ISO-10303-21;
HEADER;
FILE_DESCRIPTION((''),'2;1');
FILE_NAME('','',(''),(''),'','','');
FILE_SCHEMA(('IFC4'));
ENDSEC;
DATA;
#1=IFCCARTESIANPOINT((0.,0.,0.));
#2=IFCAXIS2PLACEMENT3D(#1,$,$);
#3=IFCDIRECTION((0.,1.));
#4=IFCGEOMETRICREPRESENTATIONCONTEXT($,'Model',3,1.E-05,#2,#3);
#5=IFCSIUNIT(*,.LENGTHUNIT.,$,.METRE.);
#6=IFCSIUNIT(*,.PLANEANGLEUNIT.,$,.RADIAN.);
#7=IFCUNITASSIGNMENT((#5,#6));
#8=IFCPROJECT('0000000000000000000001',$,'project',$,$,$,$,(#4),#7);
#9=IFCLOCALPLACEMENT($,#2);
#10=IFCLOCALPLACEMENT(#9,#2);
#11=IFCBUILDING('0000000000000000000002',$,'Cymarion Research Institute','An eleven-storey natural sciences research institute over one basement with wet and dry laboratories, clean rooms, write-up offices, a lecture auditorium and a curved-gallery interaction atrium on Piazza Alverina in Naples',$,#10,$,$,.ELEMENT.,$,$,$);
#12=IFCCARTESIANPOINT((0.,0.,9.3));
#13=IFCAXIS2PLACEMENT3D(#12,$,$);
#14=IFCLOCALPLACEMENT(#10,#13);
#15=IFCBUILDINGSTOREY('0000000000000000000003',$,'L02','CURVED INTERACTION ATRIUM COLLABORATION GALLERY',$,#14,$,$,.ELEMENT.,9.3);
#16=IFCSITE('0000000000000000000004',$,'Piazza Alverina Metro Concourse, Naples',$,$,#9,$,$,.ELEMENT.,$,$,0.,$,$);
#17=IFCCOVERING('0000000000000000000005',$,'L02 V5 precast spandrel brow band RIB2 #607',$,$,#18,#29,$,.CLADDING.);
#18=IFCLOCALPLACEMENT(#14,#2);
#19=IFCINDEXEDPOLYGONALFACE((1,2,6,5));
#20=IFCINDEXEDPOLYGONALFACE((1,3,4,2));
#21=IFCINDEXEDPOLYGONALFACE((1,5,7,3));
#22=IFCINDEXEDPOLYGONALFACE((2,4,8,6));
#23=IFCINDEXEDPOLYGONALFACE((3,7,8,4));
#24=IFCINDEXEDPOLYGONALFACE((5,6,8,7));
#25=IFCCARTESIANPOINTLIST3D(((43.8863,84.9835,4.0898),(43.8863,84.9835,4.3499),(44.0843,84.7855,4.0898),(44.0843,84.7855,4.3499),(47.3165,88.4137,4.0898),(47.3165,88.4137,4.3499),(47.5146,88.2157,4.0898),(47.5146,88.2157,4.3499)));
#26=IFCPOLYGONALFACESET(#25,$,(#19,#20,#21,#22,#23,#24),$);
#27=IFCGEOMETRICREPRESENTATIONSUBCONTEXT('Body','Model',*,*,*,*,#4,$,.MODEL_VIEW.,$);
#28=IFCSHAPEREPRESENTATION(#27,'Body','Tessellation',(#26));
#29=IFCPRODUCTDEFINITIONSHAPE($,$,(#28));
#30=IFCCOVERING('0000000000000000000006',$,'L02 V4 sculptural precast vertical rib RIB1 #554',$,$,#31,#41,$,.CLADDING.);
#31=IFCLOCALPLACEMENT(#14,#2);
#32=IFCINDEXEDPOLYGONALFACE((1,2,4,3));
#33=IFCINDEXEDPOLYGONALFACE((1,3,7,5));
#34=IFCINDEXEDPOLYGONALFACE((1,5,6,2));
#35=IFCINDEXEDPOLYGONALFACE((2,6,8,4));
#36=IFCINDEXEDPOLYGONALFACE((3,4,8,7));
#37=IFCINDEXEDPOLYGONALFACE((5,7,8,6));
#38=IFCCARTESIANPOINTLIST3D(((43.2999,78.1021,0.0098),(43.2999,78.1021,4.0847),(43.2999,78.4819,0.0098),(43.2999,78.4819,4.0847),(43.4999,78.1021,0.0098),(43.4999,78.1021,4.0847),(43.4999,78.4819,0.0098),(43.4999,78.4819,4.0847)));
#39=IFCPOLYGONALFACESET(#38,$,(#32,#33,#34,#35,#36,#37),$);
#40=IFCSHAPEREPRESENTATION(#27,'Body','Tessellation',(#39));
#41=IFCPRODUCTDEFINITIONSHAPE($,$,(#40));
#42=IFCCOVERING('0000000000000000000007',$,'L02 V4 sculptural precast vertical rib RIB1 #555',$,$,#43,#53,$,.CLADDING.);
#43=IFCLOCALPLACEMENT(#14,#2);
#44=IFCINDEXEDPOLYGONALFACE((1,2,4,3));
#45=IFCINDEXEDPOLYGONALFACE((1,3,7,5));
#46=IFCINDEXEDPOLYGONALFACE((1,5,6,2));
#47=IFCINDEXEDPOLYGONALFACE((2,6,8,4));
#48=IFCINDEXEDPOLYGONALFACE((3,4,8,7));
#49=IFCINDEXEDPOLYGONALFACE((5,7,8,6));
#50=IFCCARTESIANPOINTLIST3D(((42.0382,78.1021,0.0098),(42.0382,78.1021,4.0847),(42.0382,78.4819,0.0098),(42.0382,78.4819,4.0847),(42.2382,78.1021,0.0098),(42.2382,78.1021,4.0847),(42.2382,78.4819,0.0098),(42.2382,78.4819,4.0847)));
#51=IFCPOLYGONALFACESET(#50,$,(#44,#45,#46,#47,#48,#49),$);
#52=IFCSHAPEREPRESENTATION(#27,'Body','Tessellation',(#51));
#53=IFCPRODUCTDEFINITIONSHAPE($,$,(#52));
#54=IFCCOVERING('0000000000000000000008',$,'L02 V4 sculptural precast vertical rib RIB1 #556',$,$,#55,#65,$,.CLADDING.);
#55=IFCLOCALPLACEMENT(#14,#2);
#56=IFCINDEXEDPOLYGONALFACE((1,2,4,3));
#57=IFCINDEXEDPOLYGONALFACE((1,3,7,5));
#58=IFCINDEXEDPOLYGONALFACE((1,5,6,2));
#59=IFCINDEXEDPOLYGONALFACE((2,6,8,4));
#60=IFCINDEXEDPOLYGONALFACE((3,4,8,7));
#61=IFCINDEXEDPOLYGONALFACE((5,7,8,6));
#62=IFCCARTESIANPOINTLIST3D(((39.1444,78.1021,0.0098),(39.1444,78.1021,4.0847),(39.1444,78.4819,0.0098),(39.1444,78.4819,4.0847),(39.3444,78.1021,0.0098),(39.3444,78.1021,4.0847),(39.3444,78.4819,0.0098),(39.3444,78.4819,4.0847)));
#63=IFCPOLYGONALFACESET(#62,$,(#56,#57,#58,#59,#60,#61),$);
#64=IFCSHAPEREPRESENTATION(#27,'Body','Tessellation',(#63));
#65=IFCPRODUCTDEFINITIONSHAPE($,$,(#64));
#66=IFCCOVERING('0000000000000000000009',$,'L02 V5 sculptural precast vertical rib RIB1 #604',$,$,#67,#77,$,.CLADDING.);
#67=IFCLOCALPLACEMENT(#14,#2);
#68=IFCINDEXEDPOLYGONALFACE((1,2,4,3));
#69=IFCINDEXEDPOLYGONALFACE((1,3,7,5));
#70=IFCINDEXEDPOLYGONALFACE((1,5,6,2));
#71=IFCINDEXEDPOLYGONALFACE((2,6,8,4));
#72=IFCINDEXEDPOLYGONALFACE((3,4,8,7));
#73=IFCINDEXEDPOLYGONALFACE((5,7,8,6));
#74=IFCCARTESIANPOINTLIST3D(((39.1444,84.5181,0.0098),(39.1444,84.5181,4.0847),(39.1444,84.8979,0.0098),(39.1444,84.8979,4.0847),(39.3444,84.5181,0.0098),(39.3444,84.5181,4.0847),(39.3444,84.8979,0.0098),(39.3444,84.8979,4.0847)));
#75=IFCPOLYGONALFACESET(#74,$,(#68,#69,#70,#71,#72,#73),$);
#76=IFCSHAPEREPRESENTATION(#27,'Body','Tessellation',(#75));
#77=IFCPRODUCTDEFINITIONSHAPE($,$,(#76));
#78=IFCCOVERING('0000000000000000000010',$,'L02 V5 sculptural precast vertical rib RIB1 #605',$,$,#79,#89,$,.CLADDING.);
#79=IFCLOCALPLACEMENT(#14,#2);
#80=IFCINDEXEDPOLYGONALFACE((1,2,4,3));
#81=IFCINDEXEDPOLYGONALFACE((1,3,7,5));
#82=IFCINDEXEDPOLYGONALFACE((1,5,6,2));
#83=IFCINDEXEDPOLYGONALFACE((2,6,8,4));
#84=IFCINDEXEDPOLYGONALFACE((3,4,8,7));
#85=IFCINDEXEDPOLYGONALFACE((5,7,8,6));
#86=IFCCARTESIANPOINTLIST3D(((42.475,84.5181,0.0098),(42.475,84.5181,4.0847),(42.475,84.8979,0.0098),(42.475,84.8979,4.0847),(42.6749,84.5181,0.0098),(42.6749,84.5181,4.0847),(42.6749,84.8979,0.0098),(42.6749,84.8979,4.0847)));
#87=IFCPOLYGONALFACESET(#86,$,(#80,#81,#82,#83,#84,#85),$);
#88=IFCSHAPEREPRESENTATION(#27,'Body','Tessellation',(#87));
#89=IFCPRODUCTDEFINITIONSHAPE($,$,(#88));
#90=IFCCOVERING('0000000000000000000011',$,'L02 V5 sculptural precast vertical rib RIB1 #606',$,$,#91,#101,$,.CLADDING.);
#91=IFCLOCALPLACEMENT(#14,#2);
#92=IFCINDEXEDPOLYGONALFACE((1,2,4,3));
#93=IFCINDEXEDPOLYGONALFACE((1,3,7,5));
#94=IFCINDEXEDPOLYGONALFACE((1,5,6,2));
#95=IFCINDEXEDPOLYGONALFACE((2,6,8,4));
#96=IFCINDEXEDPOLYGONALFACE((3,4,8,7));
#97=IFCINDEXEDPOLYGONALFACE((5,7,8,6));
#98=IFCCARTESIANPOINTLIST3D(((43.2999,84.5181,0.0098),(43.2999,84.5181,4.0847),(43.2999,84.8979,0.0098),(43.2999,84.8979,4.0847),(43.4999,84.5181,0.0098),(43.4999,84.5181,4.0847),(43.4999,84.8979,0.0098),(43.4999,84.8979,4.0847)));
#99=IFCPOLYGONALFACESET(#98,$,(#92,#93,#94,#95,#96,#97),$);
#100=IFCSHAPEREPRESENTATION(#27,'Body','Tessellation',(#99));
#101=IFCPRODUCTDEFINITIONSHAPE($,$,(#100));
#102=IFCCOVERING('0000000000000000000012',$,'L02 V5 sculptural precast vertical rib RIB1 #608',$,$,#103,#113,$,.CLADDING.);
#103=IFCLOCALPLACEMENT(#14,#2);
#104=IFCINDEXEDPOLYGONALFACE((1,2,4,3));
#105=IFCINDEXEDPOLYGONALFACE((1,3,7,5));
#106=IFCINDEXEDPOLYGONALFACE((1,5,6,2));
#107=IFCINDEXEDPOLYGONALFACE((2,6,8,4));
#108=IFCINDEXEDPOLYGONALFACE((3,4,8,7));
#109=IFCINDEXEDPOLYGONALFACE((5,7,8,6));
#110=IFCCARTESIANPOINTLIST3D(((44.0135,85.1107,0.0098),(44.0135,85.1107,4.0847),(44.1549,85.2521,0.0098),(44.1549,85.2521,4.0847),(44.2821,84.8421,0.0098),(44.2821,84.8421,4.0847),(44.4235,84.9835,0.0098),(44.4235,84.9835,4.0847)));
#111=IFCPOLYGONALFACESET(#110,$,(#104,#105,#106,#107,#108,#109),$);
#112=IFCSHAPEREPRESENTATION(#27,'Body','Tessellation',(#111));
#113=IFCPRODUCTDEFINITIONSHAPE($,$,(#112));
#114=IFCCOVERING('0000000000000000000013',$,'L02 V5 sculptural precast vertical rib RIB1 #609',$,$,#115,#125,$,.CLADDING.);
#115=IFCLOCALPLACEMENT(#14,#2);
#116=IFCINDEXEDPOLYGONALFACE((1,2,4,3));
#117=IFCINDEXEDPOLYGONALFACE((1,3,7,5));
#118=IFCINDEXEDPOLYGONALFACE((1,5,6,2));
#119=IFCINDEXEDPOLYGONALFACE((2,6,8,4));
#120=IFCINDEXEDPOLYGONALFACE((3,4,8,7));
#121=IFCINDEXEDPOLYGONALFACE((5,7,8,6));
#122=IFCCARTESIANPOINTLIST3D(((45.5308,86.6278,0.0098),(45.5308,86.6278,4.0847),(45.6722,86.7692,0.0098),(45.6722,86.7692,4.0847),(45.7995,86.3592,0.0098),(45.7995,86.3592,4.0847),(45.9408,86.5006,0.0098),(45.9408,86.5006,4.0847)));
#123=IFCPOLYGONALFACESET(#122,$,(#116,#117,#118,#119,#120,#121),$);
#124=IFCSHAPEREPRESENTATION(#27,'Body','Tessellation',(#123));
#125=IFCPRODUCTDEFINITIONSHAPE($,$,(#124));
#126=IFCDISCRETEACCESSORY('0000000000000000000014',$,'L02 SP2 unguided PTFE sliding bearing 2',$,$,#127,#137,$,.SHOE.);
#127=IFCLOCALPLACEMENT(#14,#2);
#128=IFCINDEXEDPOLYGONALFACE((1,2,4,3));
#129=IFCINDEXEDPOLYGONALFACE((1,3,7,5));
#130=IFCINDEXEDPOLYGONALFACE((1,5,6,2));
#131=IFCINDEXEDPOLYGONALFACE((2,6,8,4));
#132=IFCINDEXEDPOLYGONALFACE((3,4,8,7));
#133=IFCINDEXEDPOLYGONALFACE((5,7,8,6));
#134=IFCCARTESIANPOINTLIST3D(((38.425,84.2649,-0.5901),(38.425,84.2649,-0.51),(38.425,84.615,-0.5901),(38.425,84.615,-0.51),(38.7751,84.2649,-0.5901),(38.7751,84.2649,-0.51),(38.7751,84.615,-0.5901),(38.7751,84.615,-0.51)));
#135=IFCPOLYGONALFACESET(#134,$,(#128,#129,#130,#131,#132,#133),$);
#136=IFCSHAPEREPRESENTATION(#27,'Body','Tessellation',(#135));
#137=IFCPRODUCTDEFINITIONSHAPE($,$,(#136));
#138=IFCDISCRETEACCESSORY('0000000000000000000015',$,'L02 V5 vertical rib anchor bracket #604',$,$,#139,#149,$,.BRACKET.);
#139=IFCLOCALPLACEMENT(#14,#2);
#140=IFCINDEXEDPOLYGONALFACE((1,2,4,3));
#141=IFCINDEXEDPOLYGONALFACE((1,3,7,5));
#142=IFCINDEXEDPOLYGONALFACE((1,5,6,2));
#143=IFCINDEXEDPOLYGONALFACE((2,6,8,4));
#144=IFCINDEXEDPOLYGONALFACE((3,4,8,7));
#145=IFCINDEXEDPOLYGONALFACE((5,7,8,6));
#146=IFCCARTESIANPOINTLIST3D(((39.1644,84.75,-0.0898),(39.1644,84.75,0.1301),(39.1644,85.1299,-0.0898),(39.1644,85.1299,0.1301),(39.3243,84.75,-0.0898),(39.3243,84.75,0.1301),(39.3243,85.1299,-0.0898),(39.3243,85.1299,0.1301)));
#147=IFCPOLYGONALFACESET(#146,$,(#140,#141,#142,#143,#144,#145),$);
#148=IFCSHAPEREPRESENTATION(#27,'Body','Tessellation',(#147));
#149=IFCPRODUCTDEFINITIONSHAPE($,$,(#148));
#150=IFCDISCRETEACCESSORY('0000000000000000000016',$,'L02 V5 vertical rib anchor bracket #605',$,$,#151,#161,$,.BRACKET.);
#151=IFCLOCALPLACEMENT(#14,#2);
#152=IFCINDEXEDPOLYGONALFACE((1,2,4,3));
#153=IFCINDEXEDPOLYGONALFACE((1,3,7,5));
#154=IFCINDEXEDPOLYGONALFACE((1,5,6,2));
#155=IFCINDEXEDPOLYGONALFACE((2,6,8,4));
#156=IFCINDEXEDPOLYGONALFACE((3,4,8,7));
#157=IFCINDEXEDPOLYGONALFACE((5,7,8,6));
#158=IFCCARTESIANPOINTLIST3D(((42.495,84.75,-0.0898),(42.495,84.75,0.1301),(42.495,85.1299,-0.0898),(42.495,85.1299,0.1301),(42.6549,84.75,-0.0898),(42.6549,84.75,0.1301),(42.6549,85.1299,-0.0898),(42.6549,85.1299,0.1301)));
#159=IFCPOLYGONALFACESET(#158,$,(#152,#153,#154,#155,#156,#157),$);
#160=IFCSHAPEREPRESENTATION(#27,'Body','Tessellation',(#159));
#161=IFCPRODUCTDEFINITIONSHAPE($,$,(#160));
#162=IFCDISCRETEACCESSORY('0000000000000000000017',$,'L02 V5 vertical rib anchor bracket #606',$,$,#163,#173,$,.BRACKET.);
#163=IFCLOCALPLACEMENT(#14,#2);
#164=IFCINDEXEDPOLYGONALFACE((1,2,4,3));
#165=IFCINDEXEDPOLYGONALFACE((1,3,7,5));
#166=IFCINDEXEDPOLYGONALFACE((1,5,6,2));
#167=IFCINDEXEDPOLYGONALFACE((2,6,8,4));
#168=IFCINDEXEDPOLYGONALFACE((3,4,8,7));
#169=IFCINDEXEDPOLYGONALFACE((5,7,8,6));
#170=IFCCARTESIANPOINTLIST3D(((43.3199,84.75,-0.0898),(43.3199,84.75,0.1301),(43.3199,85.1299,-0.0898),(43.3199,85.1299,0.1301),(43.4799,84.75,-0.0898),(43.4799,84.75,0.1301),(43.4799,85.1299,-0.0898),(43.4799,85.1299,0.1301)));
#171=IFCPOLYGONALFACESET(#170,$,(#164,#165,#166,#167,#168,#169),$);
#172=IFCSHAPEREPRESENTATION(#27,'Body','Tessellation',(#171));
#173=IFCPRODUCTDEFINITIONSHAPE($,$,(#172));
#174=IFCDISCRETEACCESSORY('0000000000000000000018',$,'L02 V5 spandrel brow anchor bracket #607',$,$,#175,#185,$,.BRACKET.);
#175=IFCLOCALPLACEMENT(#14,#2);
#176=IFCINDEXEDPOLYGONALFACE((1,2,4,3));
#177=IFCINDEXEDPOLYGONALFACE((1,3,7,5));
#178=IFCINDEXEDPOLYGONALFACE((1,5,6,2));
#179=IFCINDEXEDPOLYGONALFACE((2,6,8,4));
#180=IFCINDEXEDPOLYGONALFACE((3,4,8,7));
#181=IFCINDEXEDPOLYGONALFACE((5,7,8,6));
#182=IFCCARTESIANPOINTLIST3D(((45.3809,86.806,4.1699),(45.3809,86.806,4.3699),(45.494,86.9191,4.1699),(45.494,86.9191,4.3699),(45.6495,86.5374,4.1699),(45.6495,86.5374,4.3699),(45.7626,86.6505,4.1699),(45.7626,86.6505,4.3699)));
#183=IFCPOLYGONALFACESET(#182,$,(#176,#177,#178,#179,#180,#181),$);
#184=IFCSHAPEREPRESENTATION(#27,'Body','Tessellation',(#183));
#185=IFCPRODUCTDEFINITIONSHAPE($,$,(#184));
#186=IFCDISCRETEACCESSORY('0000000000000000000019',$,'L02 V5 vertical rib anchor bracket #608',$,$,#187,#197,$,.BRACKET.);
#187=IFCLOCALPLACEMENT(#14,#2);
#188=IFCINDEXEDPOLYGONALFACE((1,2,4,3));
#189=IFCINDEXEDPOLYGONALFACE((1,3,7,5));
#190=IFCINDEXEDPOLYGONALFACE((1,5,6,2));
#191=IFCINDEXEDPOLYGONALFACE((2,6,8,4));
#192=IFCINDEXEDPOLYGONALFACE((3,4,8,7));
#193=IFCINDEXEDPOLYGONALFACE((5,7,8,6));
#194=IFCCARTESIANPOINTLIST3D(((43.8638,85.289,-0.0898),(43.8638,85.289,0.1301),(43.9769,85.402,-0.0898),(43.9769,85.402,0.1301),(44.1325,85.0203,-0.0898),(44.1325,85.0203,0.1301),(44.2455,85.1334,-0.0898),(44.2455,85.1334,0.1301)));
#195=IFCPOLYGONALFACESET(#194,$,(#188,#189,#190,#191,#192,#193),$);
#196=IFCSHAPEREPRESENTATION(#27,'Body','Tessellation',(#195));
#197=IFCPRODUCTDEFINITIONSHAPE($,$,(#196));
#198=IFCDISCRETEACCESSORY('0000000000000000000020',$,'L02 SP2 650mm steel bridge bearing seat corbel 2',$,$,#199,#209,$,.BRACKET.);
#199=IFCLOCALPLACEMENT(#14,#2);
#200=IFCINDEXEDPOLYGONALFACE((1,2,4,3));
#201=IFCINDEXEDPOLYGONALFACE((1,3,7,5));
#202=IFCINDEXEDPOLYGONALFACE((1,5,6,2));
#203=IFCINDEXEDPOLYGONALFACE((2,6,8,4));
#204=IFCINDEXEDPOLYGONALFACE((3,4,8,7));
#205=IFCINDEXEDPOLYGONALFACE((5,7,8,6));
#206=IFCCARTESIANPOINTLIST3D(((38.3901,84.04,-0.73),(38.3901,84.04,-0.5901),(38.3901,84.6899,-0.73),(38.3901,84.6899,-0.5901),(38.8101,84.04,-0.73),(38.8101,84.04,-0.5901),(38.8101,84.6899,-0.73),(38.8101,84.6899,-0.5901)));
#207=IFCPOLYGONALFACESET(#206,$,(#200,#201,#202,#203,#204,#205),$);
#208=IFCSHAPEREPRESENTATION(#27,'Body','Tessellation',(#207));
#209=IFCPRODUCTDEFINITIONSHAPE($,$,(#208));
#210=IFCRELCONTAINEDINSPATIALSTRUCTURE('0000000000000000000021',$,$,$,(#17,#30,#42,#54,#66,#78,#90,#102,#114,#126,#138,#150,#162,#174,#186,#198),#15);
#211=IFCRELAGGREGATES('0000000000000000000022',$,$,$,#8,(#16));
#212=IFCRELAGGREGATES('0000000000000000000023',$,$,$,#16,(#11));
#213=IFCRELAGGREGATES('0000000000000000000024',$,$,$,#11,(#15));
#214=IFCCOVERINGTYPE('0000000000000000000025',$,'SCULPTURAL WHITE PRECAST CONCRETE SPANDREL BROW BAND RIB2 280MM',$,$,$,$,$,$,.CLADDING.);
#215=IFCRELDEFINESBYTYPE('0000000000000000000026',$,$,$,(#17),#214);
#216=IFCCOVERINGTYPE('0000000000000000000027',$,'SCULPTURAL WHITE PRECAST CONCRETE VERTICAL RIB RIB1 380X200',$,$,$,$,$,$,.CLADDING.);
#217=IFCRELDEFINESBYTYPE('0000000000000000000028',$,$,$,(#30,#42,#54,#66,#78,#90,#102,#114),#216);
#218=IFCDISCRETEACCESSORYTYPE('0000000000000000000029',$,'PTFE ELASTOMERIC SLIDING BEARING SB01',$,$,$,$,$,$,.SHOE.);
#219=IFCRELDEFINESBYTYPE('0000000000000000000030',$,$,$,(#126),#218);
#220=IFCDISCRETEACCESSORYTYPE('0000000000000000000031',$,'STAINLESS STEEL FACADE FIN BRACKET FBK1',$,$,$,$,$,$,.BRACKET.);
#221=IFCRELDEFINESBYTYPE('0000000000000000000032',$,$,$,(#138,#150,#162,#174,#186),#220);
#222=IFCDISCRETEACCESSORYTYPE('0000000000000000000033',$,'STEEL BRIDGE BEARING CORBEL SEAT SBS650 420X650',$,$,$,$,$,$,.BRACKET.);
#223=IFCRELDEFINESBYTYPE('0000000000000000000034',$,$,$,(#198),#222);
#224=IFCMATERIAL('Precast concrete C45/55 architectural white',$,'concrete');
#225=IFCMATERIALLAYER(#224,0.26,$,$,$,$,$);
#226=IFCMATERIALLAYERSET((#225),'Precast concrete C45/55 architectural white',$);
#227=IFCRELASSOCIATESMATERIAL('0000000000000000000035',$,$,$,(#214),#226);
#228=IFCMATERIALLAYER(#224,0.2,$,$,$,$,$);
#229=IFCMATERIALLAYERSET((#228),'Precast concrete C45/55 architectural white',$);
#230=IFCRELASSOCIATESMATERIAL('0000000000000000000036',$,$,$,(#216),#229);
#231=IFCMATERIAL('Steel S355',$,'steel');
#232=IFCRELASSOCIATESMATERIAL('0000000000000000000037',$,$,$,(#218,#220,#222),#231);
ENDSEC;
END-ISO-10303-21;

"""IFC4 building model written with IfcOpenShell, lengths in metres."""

from ifc_helpers import new_model, si_unit, direction, frame, origin, origin_2d, place, context, subcontext, project, spatial, rectangle, extrude, material, layer, layer_set, type_object, element, save


model = new_model("IFC4")

# Units and contexts
model_context = context("Model", 3, precision=1e-05, world=origin(), true_north=direction((0.0, 1.0)))
body_context = subcontext(model_context, "Body", "Model", "MODEL_VIEW")
ifc_project = project(units=[si_unit("LENGTHUNIT", "METRE"), si_unit("PLANEANGLEUNIT", "RADIAN")], contexts=[model_context])

# Site, building, storey
site_placement = place(None, origin())
site = spatial("IfcSite", under=ifc_project, at=site_placement, Name="Piazza Alverina Metro Concourse, Naples", CompositionType="ELEMENT", RefElevation=0.0)
building_placement = place(site_placement, origin())
building = spatial("IfcBuilding", under=site, at=building_placement, Name="Cymarion Research Institute", Description="An eleven-storey natural sciences research institute over one basement with wet and dry laboratories, clean rooms, write-up offices, a lecture auditorium and a curved-gallery interaction atrium on Piazza Alverina in Naples", CompositionType="ELEMENT")
storey_placement = place(building_placement, frame((0.0, 0.0, 9.3)))
storey = spatial("IfcBuildingStorey", under=building, at=storey_placement, Name="L02", Description="CURVED INTERACTION ATRIUM COLLABORATION GALLERY", CompositionType="ELEMENT", Elevation=9.3)

# Shared definitions
ifc_material_1 = material(Name="Steel S355", Category="steel")

# Coverings
ifc_material_2 = material(Name="Precast concrete C45/55 architectural white", Category="concrete")
ifc_layer_1 = layer(ifc_material_2, 0.26)
ifc_layer_set_1 = layer_set([ifc_layer_1], Name="Precast concrete C45/55 architectural white")
covering_type_1 = type_object("IfcCoveringType", Name="SCULPTURAL WHITE PRECAST CONCRETE SPANDREL BROW BAND RIB2 280MM", PredefinedType="CLADDING", material=ifc_layer_set_1)
covering_placement = place(storey_placement, frame((45.7004, 86.5996, 4.0898), z_axis=(0.0, 0.0, 1.0), x_axis=(0.707107, -0.707107, 0.0)))
element("IfcCovering", 1, at=covering_placement, inside=storey, type_object=covering_type_1, Name="L02 V5 precast spandrel brow band RIB2 #607", PredefinedType="CLADDING", context=body_context, shape_type="SweptSolid", body=[
    extrude(rectangle(XDim=0.28, YDim=4.8511, at=origin_2d()), origin(), (0.0, 0.0, 1.0), 0.26),
])
ifc_layer_2 = layer(ifc_material_2, 0.2)
ifc_layer_set_2 = layer_set([ifc_layer_2], Name="Precast concrete C45/55 architectural white")
covering_type_2 = type_object("IfcCoveringType", Name="SCULPTURAL WHITE PRECAST CONCRETE VERTICAL RIB RIB1 380X200", PredefinedType="CLADDING", material=ifc_layer_set_2)
for number, where, z_axis, x_axis, name in (
    (2, (43.3999, 78.292, 0.0098), (0.0, 0.0, 1.0), (0.0, 1.0, 0.0), "L02 V4 sculptural precast vertical rib RIB1 #554"),
    (3, (42.1382, 78.292, 0.0098), (0.0, 0.0, 1.0), (0.0, 1.0, 0.0), "L02 V4 sculptural precast vertical rib RIB1 #555"),
    (4, (39.2444, 78.292, 0.0098), (0.0, 0.0, 1.0), (0.0, 1.0, 0.0), "L02 V4 sculptural precast vertical rib RIB1 #556"),
    (5, (39.2444, 84.708, 0.0098), (0.0, 0.0, 1.0), (0.0, -1.0, 0.0), "L02 V5 sculptural precast vertical rib RIB1 #604"),
    (6, (42.575, 84.708, 0.0098), (0.0, 0.0, 1.0), (0.0, -1.0, 0.0), "L02 V5 sculptural precast vertical rib RIB1 #605"),
    (7, (43.3999, 84.708, 0.0098), (0.0, 0.0, 1.0), (0.0, -1.0, 0.0), "L02 V5 sculptural precast vertical rib RIB1 #606"),
    (8, (44.2185, 85.0471, 0.0098), (0.0, 0.0, 1.0), (0.707107, -0.707107, 0.0), "L02 V5 sculptural precast vertical rib RIB1 #608"),
    (9, (45.7358, 86.5642, 0.0098), (0.0, 0.0, 1.0), (0.707107, -0.707107, 0.0), "L02 V5 sculptural precast vertical rib RIB1 #609"),
):
    element("IfcCovering", number, at=place(storey_placement, frame(where, z_axis=z_axis, x_axis=x_axis)), inside=storey, type_object=covering_type_2, Name=name, PredefinedType="CLADDING", context=body_context, shape_type="SweptSolid", body=[
        extrude(rectangle(XDim=0.3799, YDim=0.2, at=origin_2d()), origin(), (0.0, 0.0, 1.0), 4.075),
    ])

# Discrete accessories
discrete_accessory_type_1 = type_object("IfcDiscreteAccessoryType", Name="PTFE ELASTOMERIC SLIDING BEARING SB01", PredefinedType="SHOE", material=ifc_material_1)
discrete_accessory_1_placement = place(storey_placement, frame((38.6001, 84.4399, -0.5901), z_axis=(0.0, 0.0, 1.0), x_axis=(1.0, 0.0, 0.0)))
element("IfcDiscreteAccessory", 10, at=discrete_accessory_1_placement, inside=storey, type_object=discrete_accessory_type_1, Name="L02 SP2 unguided PTFE sliding bearing 2", PredefinedType="SHOE", context=body_context, shape_type="SweptSolid", body=[
    extrude(rectangle(XDim=0.3501, YDim=0.3501, at=origin_2d()), origin(), (0.0, 0.0, 1.0), 0.0801),
])
discrete_accessory_type_2 = type_object("IfcDiscreteAccessoryType", Name="STAINLESS STEEL FACADE FIN BRACKET FBK1", PredefinedType="BRACKET", material=ifc_material_1)
for number, where, z_axis, x_axis, name in (
    (11, (39.2444, 84.9399, -0.0898), (0.0, 0.0, 1.0), (0.0, -1.0, 0.0), "L02 V5 vertical rib anchor bracket #604"),
    (12, (42.575, 84.9399, -0.0898), (0.0, 0.0, 1.0), (0.0, -1.0, 0.0), "L02 V5 vertical rib anchor bracket #605"),
    (13, (43.3999, 84.9399, -0.0898), (0.0, 0.0, 1.0), (0.0, -1.0, 0.0), "L02 V5 vertical rib anchor bracket #606"),
):
    element("IfcDiscreteAccessory", number, at=place(storey_placement, frame(where, z_axis=z_axis, x_axis=x_axis)), inside=storey, type_object=discrete_accessory_type_2, Name=name, PredefinedType="BRACKET", context=body_context, shape_type="SweptSolid", body=[
        extrude(rectangle(XDim=0.3799, YDim=0.1599, at=origin_2d()), origin(), (0.0, 0.0, 1.0), 0.22),
    ])
discrete_accessory_2_placement = place(storey_placement, frame((45.5718, 86.7283, 4.1699), z_axis=(0.0, 0.0, 1.0), x_axis=(0.707107, -0.707107, 0.0)))
element("IfcDiscreteAccessory", 14, at=discrete_accessory_2_placement, inside=storey, type_object=discrete_accessory_type_2, Name="L02 V5 spandrel brow anchor bracket #607", PredefinedType="BRACKET", context=body_context, shape_type="SweptSolid", body=[
    extrude(rectangle(XDim=0.3799, YDim=0.1599, at=origin_2d()), origin(), (0.0, 0.0, 1.0), 0.2),
])
discrete_accessory_3_placement = place(storey_placement, frame((44.0547, 85.2112, -0.0898), z_axis=(0.0, 0.0, 1.0), x_axis=(0.707107, -0.707107, 0.0)))
element("IfcDiscreteAccessory", 15, at=discrete_accessory_3_placement, inside=storey, type_object=discrete_accessory_type_2, Name="L02 V5 vertical rib anchor bracket #608", PredefinedType="BRACKET", context=body_context, shape_type="SweptSolid", body=[
    extrude(rectangle(XDim=0.3799, YDim=0.1599, at=origin_2d()), origin(), (0.0, 0.0, 1.0), 0.22),
])
discrete_accessory_type_3 = type_object("IfcDiscreteAccessoryType", Name="STEEL BRIDGE BEARING CORBEL SEAT SBS650 420X650", PredefinedType="BRACKET", material=ifc_material_1)
discrete_accessory_4_placement = place(storey_placement, frame((38.6001, 84.365, -0.73), z_axis=(0.0, 0.0, 1.0), x_axis=(1.0, 0.0, 0.0)))
element("IfcDiscreteAccessory", 16, at=discrete_accessory_4_placement, inside=storey, type_object=discrete_accessory_type_3, Name="L02 SP2 650mm steel bridge bearing seat corbel 2", PredefinedType="BRACKET", context=body_context, shape_type="SweptSolid", body=[
    extrude(rectangle(XDim=0.4199, YDim=0.6499, at=origin_2d()), origin(), (0.0, 0.0, 1.0), 0.1399),
])

save(model, "model.ifc")
